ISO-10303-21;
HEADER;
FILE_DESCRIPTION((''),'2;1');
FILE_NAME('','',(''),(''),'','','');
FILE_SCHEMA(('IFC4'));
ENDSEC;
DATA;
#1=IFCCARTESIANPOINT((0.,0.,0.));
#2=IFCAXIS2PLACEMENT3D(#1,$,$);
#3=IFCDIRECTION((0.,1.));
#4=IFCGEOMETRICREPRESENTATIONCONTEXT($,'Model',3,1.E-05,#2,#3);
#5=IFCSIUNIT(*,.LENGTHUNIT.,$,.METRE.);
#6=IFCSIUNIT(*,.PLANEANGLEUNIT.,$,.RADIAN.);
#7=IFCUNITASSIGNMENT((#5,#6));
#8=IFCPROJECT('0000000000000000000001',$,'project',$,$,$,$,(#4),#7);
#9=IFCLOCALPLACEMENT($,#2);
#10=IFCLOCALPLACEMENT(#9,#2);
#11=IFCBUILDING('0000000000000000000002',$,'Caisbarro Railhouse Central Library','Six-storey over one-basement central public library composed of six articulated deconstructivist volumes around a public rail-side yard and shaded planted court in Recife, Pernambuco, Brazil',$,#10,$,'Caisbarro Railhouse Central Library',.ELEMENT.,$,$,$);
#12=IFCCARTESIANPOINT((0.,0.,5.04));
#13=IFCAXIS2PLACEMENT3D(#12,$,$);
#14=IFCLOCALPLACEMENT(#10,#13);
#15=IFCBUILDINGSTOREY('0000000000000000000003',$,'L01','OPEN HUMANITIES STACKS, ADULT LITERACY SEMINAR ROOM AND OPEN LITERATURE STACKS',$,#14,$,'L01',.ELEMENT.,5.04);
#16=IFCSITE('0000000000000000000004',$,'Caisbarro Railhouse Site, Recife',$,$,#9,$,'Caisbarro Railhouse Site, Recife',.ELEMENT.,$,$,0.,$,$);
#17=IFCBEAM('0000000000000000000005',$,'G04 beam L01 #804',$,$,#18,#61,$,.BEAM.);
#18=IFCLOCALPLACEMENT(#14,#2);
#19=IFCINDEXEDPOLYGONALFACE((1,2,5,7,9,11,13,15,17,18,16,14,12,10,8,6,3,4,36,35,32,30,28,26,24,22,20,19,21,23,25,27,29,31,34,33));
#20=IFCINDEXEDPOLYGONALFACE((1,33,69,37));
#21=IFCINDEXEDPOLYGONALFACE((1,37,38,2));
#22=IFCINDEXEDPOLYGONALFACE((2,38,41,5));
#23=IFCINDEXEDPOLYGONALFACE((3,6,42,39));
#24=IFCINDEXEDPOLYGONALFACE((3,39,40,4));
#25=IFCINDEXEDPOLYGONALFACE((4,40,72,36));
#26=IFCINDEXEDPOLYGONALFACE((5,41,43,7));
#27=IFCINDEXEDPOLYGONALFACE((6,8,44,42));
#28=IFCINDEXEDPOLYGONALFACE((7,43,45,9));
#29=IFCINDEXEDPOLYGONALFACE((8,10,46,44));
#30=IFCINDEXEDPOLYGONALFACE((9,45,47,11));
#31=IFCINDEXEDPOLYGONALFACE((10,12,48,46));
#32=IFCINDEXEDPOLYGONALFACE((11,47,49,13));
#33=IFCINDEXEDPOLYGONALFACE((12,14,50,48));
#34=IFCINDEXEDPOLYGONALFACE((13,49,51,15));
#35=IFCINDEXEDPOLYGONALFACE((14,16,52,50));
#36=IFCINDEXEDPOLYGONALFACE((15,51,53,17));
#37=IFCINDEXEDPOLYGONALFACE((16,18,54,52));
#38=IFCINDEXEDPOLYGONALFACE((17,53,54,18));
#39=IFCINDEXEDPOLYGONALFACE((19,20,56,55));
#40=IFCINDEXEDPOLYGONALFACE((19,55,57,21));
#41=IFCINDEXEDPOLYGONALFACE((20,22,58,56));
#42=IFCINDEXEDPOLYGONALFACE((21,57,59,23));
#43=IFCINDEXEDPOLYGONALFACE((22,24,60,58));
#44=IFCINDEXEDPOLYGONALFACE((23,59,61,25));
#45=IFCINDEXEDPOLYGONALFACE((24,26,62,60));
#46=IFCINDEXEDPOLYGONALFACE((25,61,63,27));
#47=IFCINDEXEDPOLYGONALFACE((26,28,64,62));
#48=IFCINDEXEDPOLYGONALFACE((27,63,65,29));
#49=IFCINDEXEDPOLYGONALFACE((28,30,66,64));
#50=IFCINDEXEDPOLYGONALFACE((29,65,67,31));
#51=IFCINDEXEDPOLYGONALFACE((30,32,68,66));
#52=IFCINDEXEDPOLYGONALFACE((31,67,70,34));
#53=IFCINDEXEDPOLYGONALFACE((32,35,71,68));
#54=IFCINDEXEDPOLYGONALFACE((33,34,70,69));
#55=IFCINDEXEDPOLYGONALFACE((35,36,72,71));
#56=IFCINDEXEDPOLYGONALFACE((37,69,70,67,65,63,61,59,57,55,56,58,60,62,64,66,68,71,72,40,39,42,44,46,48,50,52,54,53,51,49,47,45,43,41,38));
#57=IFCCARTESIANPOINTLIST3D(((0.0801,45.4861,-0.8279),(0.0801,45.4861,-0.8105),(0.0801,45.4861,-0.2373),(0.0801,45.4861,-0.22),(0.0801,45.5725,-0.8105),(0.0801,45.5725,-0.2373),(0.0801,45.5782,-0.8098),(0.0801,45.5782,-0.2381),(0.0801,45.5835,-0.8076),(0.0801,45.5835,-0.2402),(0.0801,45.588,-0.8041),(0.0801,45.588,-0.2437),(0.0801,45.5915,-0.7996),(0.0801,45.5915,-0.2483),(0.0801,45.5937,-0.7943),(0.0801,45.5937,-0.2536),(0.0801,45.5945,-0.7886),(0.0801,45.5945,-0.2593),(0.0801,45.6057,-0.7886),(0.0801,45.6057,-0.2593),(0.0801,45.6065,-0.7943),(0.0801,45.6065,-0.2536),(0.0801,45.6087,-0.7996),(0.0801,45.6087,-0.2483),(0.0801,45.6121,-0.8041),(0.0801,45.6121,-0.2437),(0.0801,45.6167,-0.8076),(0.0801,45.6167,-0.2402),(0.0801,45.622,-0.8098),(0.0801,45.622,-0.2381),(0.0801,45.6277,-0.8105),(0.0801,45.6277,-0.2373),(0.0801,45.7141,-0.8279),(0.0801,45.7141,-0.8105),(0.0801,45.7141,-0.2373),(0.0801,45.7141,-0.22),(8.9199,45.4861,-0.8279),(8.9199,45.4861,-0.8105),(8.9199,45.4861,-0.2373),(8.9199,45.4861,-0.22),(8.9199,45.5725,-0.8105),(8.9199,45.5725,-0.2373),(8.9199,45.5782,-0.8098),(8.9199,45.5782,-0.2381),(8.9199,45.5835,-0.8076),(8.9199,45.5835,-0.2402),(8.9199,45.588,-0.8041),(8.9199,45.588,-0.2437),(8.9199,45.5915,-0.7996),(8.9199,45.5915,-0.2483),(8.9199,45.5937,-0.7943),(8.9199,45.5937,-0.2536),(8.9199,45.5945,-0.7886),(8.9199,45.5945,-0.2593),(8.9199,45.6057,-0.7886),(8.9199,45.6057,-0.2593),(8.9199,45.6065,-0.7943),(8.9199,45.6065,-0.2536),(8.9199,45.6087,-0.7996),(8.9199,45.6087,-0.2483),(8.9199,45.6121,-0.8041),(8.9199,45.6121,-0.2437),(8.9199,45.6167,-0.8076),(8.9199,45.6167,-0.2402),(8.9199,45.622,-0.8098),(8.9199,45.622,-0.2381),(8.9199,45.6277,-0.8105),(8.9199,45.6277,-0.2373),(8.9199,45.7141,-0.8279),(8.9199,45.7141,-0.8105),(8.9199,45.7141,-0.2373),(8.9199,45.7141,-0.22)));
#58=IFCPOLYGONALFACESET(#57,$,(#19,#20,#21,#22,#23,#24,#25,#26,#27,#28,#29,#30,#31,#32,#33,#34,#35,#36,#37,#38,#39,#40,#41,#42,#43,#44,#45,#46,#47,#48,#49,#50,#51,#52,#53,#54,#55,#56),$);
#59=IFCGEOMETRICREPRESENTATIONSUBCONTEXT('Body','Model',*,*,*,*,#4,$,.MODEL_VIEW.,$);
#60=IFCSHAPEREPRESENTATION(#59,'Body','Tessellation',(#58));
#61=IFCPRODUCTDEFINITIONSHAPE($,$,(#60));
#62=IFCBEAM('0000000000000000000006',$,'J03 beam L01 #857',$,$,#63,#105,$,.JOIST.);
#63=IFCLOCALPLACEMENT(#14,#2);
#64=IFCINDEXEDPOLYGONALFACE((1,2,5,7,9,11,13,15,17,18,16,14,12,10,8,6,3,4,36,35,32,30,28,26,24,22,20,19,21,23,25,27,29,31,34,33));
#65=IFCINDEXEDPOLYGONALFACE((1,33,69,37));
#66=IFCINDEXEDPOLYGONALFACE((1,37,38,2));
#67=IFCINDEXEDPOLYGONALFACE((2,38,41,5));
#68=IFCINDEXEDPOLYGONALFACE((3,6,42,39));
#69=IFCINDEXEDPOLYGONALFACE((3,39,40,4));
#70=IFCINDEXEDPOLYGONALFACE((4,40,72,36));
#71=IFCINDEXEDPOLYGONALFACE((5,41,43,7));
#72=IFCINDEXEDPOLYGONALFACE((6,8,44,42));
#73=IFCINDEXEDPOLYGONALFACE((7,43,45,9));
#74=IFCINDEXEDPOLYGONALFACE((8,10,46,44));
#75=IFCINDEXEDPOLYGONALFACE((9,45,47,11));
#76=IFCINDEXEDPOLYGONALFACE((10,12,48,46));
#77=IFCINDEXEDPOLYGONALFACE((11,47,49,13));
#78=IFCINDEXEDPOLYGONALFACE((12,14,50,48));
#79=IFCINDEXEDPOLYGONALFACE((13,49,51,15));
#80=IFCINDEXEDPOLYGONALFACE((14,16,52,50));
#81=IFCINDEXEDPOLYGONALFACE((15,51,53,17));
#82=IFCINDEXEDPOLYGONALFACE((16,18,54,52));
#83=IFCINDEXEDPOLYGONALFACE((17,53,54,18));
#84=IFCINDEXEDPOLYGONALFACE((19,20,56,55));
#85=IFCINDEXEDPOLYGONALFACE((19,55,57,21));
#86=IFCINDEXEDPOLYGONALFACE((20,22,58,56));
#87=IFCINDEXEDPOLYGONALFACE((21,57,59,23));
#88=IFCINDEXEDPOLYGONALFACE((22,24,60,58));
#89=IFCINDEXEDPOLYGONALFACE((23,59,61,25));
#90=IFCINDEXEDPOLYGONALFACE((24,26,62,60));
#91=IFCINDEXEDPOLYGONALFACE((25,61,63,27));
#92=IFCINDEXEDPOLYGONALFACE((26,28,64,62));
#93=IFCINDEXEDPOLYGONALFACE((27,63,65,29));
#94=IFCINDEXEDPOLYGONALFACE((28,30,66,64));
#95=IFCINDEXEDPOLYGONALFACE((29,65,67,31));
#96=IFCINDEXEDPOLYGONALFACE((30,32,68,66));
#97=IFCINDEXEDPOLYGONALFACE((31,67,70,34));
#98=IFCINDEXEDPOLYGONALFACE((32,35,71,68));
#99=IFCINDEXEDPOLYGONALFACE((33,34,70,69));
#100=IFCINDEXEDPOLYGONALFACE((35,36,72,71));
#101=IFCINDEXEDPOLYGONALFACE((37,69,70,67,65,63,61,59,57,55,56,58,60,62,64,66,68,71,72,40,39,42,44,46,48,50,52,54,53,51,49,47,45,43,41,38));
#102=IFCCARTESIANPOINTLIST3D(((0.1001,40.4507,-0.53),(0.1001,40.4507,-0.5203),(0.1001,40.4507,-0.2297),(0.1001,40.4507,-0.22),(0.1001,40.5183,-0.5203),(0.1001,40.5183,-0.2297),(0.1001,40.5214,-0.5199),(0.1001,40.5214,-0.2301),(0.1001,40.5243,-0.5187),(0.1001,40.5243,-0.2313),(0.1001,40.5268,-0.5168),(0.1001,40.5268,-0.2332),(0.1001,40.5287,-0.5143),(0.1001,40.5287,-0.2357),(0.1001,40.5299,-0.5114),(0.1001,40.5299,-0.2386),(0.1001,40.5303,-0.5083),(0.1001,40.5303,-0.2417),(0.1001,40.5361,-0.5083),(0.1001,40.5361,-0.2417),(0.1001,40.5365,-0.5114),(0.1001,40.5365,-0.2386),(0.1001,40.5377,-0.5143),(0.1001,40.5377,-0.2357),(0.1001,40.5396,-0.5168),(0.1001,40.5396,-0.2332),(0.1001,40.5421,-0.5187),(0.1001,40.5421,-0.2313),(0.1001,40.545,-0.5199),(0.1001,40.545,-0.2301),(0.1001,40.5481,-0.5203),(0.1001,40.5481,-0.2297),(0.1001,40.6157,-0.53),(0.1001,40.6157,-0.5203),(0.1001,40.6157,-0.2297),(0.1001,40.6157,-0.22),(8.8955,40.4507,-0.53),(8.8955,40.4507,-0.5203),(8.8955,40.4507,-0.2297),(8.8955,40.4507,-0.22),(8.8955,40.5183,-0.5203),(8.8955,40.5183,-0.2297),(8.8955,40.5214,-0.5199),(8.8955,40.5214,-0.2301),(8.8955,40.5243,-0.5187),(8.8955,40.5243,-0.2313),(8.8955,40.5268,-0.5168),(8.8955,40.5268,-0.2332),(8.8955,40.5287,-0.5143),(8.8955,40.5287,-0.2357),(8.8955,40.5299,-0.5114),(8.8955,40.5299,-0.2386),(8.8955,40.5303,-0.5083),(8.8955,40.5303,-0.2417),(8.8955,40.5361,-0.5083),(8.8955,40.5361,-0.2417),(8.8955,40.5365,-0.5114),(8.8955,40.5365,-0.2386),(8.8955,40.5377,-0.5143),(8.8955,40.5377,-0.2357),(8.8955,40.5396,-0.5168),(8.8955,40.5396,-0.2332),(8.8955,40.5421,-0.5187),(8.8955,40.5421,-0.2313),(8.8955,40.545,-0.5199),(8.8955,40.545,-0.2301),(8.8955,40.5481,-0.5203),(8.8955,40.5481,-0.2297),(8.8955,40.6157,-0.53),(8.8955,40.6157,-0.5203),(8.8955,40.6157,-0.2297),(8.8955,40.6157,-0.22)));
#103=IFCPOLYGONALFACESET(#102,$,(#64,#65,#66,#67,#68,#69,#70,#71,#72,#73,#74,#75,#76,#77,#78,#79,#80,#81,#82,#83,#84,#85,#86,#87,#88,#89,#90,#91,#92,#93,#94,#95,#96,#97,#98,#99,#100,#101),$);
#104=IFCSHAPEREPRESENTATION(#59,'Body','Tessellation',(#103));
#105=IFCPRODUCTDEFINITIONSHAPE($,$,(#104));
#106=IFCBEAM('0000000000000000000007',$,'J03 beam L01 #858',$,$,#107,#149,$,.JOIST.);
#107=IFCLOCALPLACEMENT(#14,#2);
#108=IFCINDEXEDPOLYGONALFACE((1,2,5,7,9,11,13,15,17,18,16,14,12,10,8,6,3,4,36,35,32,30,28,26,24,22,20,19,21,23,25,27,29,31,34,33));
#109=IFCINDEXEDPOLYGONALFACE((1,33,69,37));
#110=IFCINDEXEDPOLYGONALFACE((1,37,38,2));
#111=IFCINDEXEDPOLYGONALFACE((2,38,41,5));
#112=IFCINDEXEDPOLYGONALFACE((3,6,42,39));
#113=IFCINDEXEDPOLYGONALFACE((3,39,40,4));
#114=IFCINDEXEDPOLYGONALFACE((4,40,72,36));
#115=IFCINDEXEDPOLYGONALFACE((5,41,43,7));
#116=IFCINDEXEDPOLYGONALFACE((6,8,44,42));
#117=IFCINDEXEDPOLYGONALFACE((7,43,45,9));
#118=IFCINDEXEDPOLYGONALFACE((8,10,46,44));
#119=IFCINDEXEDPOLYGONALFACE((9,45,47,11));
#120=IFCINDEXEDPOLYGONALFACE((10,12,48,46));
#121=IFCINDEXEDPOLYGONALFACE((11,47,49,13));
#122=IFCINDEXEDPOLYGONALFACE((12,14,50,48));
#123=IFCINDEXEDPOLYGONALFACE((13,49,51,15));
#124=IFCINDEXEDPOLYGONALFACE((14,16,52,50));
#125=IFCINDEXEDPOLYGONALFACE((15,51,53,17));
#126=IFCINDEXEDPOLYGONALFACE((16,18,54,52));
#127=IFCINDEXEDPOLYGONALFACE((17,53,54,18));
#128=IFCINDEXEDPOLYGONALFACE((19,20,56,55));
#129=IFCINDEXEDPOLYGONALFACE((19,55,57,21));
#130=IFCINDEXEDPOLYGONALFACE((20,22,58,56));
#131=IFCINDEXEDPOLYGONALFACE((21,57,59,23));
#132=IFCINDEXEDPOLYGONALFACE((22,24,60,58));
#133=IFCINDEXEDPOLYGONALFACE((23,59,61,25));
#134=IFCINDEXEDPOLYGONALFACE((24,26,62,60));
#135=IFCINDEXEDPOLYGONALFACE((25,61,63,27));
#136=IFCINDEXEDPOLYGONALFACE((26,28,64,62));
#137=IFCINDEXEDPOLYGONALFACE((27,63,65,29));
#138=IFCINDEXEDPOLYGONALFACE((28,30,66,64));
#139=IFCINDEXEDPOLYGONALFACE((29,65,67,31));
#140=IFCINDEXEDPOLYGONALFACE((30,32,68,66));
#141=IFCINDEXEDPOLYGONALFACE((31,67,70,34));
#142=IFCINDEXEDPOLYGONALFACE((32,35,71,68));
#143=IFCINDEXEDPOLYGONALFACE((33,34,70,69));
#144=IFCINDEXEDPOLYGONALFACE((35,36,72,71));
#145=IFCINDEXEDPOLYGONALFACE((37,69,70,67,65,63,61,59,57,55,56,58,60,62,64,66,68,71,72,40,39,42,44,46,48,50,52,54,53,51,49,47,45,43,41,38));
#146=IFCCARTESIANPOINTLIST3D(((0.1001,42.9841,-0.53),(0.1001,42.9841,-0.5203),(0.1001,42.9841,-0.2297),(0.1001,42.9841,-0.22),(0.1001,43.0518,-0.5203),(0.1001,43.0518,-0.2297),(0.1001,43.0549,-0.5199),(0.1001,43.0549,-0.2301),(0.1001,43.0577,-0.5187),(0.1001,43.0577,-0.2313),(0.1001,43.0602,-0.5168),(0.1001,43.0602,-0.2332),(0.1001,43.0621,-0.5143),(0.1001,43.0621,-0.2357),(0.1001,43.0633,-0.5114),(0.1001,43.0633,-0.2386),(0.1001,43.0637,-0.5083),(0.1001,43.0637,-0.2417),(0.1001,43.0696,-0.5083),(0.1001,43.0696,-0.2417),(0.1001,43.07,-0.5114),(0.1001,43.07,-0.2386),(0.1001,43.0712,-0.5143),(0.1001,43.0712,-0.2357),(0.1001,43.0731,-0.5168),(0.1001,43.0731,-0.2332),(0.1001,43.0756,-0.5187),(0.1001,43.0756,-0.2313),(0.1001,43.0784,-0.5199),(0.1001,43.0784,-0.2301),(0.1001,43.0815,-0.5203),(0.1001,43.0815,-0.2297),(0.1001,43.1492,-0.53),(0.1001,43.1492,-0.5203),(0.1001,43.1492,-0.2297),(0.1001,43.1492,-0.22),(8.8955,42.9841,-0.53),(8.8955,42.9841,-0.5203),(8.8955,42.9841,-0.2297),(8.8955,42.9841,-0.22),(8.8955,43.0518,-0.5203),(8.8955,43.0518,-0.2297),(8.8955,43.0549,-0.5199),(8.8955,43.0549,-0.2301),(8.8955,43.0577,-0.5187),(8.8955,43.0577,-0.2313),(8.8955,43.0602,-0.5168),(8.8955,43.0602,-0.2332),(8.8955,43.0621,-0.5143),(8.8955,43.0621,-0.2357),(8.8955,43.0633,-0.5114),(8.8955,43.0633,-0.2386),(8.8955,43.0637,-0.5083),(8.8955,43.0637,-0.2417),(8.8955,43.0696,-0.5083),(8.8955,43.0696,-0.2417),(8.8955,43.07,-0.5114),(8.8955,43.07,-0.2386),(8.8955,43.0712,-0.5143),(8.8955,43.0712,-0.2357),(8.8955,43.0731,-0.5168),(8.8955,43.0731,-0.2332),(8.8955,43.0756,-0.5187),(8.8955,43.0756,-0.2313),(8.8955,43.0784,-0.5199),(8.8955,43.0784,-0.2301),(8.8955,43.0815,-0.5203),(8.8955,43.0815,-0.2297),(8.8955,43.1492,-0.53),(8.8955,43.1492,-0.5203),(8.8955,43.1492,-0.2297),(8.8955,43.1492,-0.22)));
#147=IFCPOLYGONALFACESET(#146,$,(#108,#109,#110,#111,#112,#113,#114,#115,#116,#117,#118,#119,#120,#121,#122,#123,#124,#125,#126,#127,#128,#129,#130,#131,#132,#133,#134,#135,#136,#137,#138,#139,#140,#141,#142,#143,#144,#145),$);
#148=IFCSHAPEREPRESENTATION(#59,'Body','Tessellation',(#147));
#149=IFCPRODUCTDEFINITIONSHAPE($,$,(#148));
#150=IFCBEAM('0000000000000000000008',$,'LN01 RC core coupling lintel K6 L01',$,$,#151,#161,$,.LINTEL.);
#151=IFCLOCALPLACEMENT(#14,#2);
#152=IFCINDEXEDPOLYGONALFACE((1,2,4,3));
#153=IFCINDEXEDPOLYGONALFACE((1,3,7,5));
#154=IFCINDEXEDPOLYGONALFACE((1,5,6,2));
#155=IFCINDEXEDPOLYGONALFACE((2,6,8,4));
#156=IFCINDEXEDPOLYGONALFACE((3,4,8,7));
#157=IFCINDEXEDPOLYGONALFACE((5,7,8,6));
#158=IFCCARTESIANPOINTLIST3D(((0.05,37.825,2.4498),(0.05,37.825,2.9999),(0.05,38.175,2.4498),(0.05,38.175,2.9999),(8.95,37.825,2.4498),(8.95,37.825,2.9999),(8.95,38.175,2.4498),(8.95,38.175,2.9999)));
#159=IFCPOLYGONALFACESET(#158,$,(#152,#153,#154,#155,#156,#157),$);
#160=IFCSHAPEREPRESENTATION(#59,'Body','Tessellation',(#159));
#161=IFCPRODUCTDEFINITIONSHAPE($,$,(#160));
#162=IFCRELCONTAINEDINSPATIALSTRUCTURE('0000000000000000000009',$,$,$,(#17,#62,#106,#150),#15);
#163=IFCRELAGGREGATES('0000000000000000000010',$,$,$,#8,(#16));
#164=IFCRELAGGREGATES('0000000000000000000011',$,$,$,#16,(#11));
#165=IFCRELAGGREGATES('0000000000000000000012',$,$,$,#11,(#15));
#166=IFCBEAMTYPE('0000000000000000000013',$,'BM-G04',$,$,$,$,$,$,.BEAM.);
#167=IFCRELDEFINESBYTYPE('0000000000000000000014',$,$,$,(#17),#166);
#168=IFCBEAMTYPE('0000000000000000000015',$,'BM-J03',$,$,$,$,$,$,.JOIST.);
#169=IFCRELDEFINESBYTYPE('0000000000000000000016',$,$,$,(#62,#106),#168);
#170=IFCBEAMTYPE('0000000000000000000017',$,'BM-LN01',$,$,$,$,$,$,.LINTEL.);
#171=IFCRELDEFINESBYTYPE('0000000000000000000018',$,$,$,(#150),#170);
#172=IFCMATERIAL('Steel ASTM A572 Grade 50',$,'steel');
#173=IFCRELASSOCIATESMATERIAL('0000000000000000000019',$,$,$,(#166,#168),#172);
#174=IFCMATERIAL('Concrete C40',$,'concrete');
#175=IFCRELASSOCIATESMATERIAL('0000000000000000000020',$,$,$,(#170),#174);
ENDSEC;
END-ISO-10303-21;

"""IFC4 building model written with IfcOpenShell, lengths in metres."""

from ifc_helpers import new_model, si_unit, direction, frame, origin, origin_2d, place, context, subcontext, project, spatial, rectangle, i_section, extrude, material, material_profile, profile_set, type_object, element, save


model = new_model("IFC4")

# Units and contexts
model_context = context("Model", 3, precision=1e-05, world=origin(), true_north=direction((0.0, 1.0)))
body_context = subcontext(model_context, "Body", "Model", "MODEL_VIEW")
ifc_project = project(units=[si_unit("LENGTHUNIT", "METRE"), si_unit("PLANEANGLEUNIT", "RADIAN")], contexts=[model_context])

# Site, building, storey
site_placement = place(None, origin())
site = spatial("IfcSite", under=ifc_project, at=site_placement, Name="Caisbarro Railhouse Site, Recife", LongName="Caisbarro Railhouse Site, Recife", CompositionType="ELEMENT", RefElevation=0.0)
building_placement = place(site_placement, origin())
building = spatial("IfcBuilding", under=site, at=building_placement, Name="Caisbarro Railhouse Central Library", Description="Six-storey over one-basement central public library composed of six articulated deconstructivist volumes around a public rail-side yard and shaded planted court in Recife, Pernambuco, Brazil", LongName="Caisbarro Railhouse Central Library", CompositionType="ELEMENT")
storey_placement = place(building_placement, frame((0.0, 0.0, 5.04)))
storey = spatial("IfcBuildingStorey", under=building, at=storey_placement, Name="L01", Description="OPEN HUMANITIES STACKS, ADULT LITERACY SEMINAR ROOM AND OPEN LITERATURE STACKS", LongName="L01", CompositionType="ELEMENT", Elevation=5.04)

# Shared definitions
ifc_material_1 = material(Name="Steel ASTM A572 Grade 50", Category="steel")

# Beams
ifc_material_profile_1 = material_profile(ifc_material_1, i_section(OverallWidth=0.228, OverallDepth=0.6079, WebThickness=0.0112, FlangeThickness=0.0173, FilletRadius=0.022, at=origin_2d()), Name="W610X113.0")
ifc_profile_set_1 = profile_set([ifc_material_profile_1], Name="Steel ASTM A572 Grade 50")
beam_type_1 = type_object("IfcBeamType", Name="BM-G04", PredefinedType="BEAM", material=ifc_profile_set_1)
for number, where, z_axis, x_axis, name in (
    (1, (0.0801, 45.6001, -0.5239), (1.0, 0.0, 0.0), (0.0, 1.0, 0.0), "G04 beam L01 #804"),
):
    element("IfcBeam", number, at=place(storey_placement, frame(where, z_axis=z_axis, x_axis=x_axis)), inside=storey, type_object=beam_type_1, Name=name, PredefinedType="BEAM", context=body_context, shape_type="SweptSolid", body=[
        extrude(i_section(OverallWidth=0.228, OverallDepth=0.6079, WebThickness=0.0112, FlangeThickness=0.0173, FilletRadius=0.022, at=origin_2d()), origin(), (0.0, 0.0, 1.0), 8.8398),
    ])
ifc_material_profile_2 = material_profile(ifc_material_1, i_section(OverallWidth=0.165, OverallDepth=0.3101, WebThickness=0.0059, FlangeThickness=0.0098, FilletRadius=0.012, at=origin_2d()), Name="W310X38.7")
ifc_profile_set_2 = profile_set([ifc_material_profile_2], Name="Steel ASTM A572 Grade 50")
beam_type_2 = type_object("IfcBeamType", Name="BM-J03", PredefinedType="JOIST", material=ifc_profile_set_2)
for number, where, z_axis, x_axis, name in (
    (2, (0.1001, 40.5332, -0.375), (1.0, 0.0, 0.0), (0.0, 1.0, 0.0), "J03 beam L01 #857"),
    (3, (0.1001, 43.0667, -0.375), (1.0, 0.0, 0.0), (0.0, 1.0, 0.0), "J03 beam L01 #858"),
):
    element("IfcBeam", number, at=place(storey_placement, frame(where, z_axis=z_axis, x_axis=x_axis)), inside=storey, type_object=beam_type_2, Name=name, PredefinedType="JOIST", context=body_context, shape_type="SweptSolid", body=[
        extrude(i_section(OverallWidth=0.165, OverallDepth=0.3101, WebThickness=0.0059, FlangeThickness=0.0098, FilletRadius=0.012, at=origin_2d()), origin(), (0.0, 0.0, 1.0), 8.7954),
    ])
ifc_material_2 = material(Name="Concrete C40", Category="concrete")
ifc_material_profile_3 = material_profile(ifc_material_2, rectangle(XDim=0.3501, YDim=0.55, at=origin_2d()), Name="RC-LIN-350X550")
ifc_profile_set_3 = profile_set([ifc_material_profile_3], Name="Concrete C40")
beam_type_3 = type_object("IfcBeamType", Name="BM-LN01", PredefinedType="LINTEL", material=ifc_profile_set_3)
beam_1_placement = place(storey_placement, frame((0.05, 38.0, 2.7249), z_axis=(1.0, 0.0, 0.0), x_axis=(0.0, 1.0, 0.0)))
element("IfcBeam", 4, at=beam_1_placement, inside=storey, type_object=beam_type_3, Name="LN01 RC core coupling lintel K6 L01", PredefinedType="LINTEL", context=body_context, shape_type="SweptSolid", body=[
    extrude(rectangle(XDim=0.3501, YDim=0.55, at=origin_2d()), origin(), (0.0, 0.0, 1.0), 8.8999),
])

save(model, "model.ifc")
